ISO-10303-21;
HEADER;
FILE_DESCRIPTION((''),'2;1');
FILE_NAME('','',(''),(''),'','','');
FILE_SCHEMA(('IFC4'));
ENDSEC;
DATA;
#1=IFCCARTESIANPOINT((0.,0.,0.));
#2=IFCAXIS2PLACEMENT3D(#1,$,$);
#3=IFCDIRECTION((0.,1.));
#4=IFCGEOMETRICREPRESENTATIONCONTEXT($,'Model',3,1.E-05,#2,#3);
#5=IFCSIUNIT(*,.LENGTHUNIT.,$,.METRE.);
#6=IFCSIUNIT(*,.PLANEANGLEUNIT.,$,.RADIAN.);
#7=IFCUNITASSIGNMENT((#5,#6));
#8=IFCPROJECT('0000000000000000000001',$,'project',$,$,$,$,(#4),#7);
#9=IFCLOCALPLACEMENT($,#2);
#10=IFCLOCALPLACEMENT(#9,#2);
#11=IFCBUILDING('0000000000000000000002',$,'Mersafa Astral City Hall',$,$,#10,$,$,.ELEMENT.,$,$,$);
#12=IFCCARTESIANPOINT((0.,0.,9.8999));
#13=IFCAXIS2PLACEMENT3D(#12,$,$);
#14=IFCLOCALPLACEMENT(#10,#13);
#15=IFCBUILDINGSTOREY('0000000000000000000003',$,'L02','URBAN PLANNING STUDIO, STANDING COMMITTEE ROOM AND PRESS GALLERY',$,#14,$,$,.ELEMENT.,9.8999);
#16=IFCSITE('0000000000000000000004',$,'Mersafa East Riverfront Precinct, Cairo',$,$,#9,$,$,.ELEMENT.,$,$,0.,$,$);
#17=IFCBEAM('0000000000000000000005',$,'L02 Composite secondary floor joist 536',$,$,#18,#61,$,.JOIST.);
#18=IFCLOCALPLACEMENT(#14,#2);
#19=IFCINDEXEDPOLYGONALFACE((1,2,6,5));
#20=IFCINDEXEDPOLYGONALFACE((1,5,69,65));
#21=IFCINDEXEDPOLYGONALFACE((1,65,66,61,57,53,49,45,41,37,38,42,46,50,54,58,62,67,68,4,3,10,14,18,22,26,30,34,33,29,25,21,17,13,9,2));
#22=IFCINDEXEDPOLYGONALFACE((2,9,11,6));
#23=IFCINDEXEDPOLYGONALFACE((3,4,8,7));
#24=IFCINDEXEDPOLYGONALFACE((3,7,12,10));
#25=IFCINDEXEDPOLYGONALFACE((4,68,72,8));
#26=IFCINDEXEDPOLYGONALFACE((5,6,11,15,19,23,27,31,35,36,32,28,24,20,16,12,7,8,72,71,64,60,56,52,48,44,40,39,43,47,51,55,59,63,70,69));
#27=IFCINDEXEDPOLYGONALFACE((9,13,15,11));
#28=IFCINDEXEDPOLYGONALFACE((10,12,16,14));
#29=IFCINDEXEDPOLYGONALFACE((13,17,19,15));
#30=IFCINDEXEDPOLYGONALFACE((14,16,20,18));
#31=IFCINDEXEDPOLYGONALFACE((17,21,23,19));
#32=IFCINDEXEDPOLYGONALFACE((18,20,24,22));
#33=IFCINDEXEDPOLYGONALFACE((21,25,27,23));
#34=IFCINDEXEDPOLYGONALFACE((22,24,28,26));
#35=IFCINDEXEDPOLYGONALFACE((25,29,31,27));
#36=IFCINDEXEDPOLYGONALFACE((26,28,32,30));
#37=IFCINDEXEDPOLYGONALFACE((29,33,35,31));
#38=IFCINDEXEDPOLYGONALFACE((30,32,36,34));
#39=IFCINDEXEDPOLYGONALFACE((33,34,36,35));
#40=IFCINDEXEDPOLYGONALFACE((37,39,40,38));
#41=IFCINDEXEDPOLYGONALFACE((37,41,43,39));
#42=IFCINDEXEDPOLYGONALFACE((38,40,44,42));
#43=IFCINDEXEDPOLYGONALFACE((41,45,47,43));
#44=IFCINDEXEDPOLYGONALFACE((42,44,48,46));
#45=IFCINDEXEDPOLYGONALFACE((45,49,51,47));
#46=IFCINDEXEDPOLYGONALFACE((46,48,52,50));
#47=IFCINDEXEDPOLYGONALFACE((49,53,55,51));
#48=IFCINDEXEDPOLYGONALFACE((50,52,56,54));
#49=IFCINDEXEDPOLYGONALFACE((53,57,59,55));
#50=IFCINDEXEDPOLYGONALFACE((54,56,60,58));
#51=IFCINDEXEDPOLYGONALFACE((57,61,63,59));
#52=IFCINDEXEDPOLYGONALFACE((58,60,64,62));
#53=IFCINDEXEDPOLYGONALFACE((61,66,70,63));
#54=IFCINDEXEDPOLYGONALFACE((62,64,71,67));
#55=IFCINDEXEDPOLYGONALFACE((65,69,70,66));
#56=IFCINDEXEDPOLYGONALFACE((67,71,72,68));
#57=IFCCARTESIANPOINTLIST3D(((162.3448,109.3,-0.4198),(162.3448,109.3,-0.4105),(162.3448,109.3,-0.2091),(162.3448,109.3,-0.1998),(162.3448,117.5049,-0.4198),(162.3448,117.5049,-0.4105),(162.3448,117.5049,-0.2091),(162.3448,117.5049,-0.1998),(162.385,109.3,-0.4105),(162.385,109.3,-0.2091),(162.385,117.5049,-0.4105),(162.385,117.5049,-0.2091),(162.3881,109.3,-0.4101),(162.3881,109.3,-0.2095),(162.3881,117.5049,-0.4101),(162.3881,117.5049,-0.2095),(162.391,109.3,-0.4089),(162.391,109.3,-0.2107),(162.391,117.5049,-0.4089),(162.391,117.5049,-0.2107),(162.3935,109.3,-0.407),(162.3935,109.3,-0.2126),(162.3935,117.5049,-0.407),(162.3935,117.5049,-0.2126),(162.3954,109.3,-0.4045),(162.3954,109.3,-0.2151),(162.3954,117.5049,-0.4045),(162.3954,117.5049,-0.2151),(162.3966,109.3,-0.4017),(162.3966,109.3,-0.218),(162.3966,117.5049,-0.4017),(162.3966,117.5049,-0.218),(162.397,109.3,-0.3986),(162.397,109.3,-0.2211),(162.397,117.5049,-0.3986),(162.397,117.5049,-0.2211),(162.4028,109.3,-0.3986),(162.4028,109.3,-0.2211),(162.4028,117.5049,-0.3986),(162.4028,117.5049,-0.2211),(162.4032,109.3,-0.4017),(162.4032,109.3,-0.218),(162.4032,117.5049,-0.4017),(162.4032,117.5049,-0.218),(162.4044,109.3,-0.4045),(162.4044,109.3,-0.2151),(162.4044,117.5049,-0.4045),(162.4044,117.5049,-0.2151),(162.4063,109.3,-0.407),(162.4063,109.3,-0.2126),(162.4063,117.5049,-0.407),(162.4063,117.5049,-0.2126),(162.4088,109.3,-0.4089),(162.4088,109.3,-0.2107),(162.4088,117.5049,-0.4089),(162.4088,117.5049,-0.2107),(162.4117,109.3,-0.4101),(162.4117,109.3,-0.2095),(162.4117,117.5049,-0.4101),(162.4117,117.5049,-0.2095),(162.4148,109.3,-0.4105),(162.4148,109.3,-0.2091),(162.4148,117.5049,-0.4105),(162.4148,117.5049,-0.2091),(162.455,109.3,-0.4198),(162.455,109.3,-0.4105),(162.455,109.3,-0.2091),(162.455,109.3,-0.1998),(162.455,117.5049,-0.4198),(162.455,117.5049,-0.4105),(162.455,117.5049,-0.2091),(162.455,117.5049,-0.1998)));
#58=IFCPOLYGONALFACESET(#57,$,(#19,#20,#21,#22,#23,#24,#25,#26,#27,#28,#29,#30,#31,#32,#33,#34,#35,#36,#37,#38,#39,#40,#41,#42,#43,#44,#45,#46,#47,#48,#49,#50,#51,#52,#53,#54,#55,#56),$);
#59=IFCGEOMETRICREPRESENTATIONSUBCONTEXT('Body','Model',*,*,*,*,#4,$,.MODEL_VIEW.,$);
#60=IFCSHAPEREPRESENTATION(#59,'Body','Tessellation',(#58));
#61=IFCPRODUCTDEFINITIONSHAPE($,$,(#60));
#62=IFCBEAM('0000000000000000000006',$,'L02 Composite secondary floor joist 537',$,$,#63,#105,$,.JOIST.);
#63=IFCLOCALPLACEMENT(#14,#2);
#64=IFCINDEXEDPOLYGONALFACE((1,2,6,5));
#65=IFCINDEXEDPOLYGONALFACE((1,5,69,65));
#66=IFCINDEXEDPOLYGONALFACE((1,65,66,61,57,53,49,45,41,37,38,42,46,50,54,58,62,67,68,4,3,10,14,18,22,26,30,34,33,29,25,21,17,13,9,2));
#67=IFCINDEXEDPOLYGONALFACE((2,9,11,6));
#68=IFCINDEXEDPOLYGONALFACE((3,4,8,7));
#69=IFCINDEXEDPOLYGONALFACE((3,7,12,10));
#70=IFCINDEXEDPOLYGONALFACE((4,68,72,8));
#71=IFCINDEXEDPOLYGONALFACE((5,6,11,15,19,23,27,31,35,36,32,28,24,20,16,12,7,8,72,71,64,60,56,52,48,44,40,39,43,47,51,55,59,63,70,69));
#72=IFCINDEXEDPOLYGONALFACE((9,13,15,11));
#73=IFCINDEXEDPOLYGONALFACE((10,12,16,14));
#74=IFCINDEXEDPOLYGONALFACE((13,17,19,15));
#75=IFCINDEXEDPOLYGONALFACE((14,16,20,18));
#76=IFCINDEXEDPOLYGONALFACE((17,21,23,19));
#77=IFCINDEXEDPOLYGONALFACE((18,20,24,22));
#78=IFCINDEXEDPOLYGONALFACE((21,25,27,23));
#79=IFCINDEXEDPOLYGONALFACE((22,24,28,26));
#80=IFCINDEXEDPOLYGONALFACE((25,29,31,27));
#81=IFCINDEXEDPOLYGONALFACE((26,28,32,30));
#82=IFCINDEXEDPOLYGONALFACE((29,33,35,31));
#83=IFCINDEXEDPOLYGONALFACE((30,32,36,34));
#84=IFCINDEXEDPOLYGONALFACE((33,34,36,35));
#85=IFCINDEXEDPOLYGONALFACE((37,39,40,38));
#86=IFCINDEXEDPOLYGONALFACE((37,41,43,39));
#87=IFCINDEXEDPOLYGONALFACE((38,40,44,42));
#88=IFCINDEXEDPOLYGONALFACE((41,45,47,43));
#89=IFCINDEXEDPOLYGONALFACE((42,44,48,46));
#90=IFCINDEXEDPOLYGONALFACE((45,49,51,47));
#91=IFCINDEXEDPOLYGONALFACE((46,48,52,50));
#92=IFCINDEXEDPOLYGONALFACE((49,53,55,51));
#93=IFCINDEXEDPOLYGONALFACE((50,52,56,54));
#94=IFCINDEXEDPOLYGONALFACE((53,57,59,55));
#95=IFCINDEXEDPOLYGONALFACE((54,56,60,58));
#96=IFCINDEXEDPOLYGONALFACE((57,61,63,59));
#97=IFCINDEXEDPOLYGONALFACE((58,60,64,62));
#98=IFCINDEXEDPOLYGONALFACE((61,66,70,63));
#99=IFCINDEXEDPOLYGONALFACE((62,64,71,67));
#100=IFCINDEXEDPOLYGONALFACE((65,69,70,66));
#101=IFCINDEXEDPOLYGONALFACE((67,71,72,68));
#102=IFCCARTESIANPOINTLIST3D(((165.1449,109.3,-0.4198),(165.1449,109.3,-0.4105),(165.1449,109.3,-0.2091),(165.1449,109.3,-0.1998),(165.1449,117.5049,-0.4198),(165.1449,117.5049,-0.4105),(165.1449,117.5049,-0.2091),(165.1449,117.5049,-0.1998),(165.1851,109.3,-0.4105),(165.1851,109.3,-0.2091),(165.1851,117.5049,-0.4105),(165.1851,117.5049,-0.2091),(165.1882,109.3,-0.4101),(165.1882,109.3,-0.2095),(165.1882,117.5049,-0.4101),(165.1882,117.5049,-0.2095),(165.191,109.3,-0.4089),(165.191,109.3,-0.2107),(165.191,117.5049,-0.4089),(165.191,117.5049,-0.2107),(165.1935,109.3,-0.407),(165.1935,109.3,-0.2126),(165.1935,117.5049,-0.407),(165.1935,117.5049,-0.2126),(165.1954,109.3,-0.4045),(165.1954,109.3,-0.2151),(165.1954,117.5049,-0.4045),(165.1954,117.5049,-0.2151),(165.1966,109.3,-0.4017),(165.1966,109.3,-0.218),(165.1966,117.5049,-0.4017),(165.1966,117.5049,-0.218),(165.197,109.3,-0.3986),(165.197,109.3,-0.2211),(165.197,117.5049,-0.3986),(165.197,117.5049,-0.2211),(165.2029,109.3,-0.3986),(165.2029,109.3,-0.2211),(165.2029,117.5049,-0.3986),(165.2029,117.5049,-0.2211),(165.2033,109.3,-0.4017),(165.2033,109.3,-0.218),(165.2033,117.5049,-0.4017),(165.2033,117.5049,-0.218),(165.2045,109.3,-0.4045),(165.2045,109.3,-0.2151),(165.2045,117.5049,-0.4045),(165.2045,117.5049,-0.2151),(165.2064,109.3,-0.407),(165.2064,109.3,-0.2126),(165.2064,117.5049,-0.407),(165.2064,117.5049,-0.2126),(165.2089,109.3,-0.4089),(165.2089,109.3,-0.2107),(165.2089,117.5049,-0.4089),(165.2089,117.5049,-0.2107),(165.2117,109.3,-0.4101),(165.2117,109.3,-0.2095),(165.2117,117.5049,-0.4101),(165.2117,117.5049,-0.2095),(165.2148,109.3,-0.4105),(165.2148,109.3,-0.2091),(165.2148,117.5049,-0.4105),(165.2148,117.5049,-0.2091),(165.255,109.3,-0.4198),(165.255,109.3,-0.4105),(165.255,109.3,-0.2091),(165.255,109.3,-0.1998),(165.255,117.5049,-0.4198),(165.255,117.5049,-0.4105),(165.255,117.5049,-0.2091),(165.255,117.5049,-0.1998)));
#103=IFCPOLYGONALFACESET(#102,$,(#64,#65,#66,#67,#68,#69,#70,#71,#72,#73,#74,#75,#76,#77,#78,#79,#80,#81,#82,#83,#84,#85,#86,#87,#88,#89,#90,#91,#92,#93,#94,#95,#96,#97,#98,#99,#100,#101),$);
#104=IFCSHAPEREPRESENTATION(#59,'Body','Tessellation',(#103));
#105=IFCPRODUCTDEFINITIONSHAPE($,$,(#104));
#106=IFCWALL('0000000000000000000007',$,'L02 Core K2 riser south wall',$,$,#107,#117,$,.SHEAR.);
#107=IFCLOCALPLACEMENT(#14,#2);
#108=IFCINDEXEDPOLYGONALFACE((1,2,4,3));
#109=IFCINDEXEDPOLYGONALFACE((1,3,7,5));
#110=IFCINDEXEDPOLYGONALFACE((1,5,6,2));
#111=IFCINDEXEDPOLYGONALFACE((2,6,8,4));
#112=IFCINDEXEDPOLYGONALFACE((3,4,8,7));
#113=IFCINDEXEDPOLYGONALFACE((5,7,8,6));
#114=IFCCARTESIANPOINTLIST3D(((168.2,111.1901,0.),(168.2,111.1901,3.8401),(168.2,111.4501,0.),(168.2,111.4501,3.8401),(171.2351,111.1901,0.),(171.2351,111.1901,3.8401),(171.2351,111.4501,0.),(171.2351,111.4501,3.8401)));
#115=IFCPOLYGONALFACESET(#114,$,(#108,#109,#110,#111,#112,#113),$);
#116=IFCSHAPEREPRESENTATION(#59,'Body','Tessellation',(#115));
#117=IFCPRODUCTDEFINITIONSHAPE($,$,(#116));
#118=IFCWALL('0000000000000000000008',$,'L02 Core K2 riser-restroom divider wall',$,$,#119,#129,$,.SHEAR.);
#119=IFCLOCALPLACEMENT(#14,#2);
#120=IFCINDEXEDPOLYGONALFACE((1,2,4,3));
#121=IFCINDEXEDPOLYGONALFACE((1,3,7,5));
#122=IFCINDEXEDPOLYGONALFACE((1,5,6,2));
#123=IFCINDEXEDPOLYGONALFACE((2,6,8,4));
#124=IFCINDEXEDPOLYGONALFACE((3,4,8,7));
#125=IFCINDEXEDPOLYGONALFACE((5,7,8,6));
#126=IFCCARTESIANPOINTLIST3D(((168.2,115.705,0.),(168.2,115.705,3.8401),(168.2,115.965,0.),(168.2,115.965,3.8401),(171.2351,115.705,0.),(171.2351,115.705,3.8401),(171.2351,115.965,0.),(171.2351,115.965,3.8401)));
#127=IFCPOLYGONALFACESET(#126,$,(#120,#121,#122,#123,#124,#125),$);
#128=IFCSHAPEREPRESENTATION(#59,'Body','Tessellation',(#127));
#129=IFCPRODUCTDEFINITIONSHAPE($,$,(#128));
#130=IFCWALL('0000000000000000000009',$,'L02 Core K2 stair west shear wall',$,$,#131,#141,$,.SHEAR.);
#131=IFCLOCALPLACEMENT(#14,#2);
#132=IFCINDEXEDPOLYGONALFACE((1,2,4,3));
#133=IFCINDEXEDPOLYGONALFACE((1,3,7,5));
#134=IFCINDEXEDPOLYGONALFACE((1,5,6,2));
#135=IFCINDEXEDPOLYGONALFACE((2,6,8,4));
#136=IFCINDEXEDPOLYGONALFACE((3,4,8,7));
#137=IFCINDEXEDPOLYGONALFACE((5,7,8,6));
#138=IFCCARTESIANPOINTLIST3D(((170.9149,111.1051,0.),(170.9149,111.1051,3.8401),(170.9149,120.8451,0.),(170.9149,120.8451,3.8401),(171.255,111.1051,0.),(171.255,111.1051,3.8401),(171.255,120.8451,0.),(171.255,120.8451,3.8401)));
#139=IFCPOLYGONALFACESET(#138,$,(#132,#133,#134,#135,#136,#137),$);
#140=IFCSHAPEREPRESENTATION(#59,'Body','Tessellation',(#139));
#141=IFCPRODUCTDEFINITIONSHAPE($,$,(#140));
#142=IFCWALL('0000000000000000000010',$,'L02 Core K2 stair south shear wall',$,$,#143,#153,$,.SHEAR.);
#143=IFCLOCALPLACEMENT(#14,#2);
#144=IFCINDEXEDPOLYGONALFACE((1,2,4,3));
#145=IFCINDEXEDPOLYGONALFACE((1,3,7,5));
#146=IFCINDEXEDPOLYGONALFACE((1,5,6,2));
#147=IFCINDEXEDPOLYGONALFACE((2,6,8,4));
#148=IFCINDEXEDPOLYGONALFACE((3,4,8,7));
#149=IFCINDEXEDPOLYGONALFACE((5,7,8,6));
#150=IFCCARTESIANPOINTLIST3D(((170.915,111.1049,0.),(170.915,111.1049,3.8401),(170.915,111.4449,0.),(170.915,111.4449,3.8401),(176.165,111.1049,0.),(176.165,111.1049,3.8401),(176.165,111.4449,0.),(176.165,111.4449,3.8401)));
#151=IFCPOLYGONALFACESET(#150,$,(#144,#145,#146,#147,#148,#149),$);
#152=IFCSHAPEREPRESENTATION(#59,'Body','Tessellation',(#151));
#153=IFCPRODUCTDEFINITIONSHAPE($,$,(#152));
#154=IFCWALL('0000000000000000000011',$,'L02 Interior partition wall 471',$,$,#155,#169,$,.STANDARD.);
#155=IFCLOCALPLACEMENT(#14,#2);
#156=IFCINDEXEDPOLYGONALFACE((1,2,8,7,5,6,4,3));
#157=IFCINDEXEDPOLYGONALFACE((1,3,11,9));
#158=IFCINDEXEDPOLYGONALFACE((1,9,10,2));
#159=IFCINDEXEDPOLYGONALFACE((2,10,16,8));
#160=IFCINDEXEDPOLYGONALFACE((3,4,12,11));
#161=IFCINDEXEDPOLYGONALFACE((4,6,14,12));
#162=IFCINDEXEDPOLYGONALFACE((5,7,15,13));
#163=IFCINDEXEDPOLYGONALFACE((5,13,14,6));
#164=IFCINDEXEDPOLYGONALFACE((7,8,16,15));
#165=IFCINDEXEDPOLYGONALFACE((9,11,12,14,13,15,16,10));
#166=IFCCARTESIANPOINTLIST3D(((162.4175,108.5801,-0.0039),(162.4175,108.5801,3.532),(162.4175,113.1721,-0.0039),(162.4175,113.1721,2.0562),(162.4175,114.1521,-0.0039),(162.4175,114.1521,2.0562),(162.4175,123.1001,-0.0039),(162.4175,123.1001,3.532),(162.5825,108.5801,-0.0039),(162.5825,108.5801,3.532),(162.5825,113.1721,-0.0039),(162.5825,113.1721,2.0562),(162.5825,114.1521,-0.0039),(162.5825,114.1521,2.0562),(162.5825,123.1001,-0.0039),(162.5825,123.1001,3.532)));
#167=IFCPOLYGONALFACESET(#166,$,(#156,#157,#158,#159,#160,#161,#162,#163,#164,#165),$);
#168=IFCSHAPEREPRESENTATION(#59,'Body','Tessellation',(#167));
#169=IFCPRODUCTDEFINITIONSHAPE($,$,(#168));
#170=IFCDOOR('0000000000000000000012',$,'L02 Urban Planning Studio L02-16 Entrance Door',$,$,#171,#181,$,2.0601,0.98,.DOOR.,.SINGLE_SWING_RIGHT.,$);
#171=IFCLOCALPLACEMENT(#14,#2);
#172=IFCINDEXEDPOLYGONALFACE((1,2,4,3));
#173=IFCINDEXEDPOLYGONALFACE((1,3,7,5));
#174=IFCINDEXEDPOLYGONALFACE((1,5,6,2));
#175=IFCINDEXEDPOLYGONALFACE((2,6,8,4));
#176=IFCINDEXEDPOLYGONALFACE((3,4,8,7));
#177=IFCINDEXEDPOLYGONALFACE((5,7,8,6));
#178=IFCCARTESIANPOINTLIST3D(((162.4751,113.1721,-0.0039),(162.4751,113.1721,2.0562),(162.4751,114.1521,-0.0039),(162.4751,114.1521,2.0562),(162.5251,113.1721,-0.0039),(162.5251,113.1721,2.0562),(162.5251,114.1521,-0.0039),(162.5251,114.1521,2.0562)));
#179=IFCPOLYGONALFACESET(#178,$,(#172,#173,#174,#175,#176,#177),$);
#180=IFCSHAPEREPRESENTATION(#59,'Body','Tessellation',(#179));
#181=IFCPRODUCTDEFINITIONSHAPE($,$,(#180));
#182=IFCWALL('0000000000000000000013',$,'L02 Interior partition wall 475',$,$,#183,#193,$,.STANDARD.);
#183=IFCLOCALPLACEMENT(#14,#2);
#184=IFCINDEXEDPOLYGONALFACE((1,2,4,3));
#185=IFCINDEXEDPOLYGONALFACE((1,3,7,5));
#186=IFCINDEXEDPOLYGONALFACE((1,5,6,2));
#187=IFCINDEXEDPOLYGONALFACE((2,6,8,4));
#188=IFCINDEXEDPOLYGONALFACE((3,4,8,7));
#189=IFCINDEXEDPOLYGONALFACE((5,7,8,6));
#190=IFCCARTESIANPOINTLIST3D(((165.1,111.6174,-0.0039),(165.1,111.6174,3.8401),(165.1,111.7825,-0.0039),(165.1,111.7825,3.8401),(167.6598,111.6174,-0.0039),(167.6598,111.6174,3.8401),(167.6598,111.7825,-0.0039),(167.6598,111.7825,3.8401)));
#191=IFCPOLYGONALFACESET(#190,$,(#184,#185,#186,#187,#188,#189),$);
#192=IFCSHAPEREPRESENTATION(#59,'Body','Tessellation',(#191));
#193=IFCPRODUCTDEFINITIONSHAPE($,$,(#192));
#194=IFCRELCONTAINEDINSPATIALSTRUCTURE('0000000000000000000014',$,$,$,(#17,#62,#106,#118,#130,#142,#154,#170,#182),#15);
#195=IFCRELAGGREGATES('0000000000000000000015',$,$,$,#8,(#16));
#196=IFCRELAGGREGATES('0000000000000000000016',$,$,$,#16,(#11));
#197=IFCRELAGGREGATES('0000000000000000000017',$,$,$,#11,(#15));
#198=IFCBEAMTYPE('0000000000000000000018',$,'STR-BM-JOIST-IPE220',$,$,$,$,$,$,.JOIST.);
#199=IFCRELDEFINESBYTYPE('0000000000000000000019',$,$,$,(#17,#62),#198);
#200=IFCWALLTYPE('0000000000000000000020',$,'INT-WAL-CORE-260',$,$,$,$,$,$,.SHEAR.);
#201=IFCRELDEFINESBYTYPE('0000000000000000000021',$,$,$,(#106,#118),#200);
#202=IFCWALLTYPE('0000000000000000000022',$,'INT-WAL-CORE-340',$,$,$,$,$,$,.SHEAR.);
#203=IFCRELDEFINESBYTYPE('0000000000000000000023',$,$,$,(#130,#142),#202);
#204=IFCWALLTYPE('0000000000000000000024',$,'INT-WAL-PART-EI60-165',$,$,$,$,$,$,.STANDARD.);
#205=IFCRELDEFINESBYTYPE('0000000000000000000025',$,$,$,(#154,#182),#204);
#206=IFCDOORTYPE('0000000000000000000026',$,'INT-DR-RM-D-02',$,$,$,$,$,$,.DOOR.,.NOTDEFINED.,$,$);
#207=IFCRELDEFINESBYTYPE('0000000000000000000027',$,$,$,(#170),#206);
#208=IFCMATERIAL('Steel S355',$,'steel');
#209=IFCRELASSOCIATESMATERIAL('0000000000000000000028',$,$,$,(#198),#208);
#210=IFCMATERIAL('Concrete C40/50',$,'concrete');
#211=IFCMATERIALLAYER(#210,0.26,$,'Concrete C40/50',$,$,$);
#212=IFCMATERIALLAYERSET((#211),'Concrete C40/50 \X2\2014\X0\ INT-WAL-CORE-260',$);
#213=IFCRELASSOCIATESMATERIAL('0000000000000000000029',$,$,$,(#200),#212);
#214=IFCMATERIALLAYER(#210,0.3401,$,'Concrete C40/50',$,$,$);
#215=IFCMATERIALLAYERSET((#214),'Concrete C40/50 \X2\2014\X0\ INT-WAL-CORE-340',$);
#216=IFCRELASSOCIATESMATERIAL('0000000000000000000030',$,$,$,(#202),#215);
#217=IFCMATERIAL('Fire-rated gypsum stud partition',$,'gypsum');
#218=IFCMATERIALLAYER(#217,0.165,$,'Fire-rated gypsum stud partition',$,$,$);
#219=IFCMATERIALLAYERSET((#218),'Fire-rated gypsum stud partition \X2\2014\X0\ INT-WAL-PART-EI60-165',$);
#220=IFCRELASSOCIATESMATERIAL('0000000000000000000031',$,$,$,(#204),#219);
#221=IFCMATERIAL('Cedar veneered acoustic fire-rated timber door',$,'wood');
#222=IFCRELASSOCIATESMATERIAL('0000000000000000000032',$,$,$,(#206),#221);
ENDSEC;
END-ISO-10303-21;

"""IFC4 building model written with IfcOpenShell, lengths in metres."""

from ifc_helpers import new_model, si_unit, direction, frame, frame_2d, origin, origin_2d, place, context, subcontext, project, spatial, rectangle, i_section, extrude, material, layer, layer_set, material_profile, profile_set, type_object, element, fill, save


model = new_model("IFC4")

# Units and contexts
model_context = context("Model", 3, precision=1e-05, world=origin(), true_north=direction((0.0, 1.0)))
body_context = subcontext(model_context, "Body", "Model", "MODEL_VIEW")
ifc_project = project(units=[si_unit("LENGTHUNIT", "METRE"), si_unit("PLANEANGLEUNIT", "RADIAN")], contexts=[model_context])

# Site, building, storey
site_placement = place(None, origin())
site = spatial("IfcSite", under=ifc_project, at=site_placement, Name="Mersafa East Riverfront Precinct, Cairo", CompositionType="ELEMENT", RefElevation=0.0)
building_placement = place(site_placement, origin())
building = spatial("IfcBuilding", under=site, at=building_placement, Name="Mersafa Astral City Hall", CompositionType="ELEMENT")
storey_placement = place(building_placement, frame((0.0, 0.0, 9.8999)))
storey = spatial("IfcBuildingStorey", under=building, at=storey_placement, Name="L02", Description="URBAN PLANNING STUDIO, STANDING COMMITTEE ROOM AND PRESS GALLERY", CompositionType="ELEMENT", Elevation=9.8999)

# Shared definitions
ifc_material_1 = material(Name="Steel S355", Category="steel")

# Beams
ifc_material_profile_1 = material_profile(ifc_material_1, i_section(OverallWidth=0.1101, OverallDepth=0.22, WebThickness=0.0059, FlangeThickness=0.0093, FilletRadius=0.012, at=origin_2d()), Name="IPE 220")
ifc_profile_set_1 = profile_set([ifc_material_profile_1], Name="Steel S355")
beam_type_1 = type_object("IfcBeamType", Name="STR-BM-JOIST-IPE220", PredefinedType="JOIST", material=ifc_profile_set_1)
for number, where, z_axis, x_axis, name in (
    (1, (162.3999, 109.3, -0.3098), (0.0, 1.0, 0.0), (-1.0, 0.0, 0.0), "L02 Composite secondary floor joist 536"),
    (2, (165.2, 109.3, -0.3098), (0.0, 1.0, 0.0), (-1.0, 0.0, 0.0), "L02 Composite secondary floor joist 537"),
):
    element("IfcBeam", number, at=place(storey_placement, frame(where, z_axis=z_axis, x_axis=x_axis)), inside=storey, type_object=beam_type_1, Name=name, PredefinedType="JOIST", context=body_context, shape_type="SweptSolid", body=[
        extrude(i_section(OverallWidth=0.1101, OverallDepth=0.22, WebThickness=0.0059, FlangeThickness=0.0093, FilletRadius=0.012, at=origin_2d()), origin(), (0.0, 0.0, 1.0), 8.2048),
    ])

# Walls
ifc_material_2 = material(Name="Concrete C40/50", Category="concrete")
ifc_layer_1 = layer(ifc_material_2, 0.26, Name="Concrete C40/50")
ifc_layer_set_1 = layer_set([ifc_layer_1], Name="Concrete C40/50 — INT-WAL-CORE-260")
wall_type_1 = type_object("IfcWallType", Name="INT-WAL-CORE-260", PredefinedType="SHEAR", material=ifc_layer_set_1)
for number, where, z_axis, x_axis, name in (
    (3, (168.2, 111.3201, 0.0), (0.0, 0.0, 1.0), (1.0, 0.0, 0.0), "L02 Core K2 riser south wall"),
    (4, (168.2, 115.835, 0.0), (0.0, 0.0, 1.0), (1.0, 0.0, 0.0), "L02 Core K2 riser-restroom divider wall"),
):
    element("IfcWall", number, at=place(storey_placement, frame(where, z_axis=z_axis, x_axis=x_axis)), inside=storey, type_object=wall_type_1, Name=name, PredefinedType="SHEAR", context=body_context, shape_type="SweptSolid", body=[
        extrude(rectangle(XDim=3.0352, YDim=0.26, at=frame_2d((1.5176, 0.0))), origin(), (0.0, 0.0, 1.0), 3.8401),
    ])
ifc_layer_2 = layer(ifc_material_2, 0.3401, Name="Concrete C40/50")
ifc_layer_set_2 = layer_set([ifc_layer_2], Name="Concrete C40/50 — INT-WAL-CORE-340")
wall_type_2 = type_object("IfcWallType", Name="INT-WAL-CORE-340", PredefinedType="SHEAR", material=ifc_layer_set_2)
wall_1_placement = place(storey_placement, frame((171.085, 111.105, 0.0), z_axis=(0.0, 0.0, 1.0), x_axis=(0.0, 1.0, 0.0)))
element("IfcWall", 5, at=wall_1_placement, inside=storey, type_object=wall_type_2, Name="L02 Core K2 stair west shear wall", PredefinedType="SHEAR", context=body_context, shape_type="SweptSolid", body=[
    extrude(rectangle(XDim=9.74, YDim=0.3401, at=frame_2d((4.8701, 0.0))), origin(), (0.0, 0.0, 1.0), 3.8401),
])
wall_2_placement = place(storey_placement, frame((170.915, 111.2749, 0.0), z_axis=(0.0, 0.0, 1.0), x_axis=(1.0, 0.0, 0.0)))
element("IfcWall", 6, at=wall_2_placement, inside=storey, type_object=wall_type_2, Name="L02 Core K2 stair south shear wall", PredefinedType="SHEAR", context=body_context, shape_type="SweptSolid", body=[
    extrude(rectangle(XDim=5.25, YDim=0.3401, at=frame_2d((2.625, 0.0))), origin(), (0.0, 0.0, 1.0), 3.8401),
])

# Wall, opening, door
ifc_material_3 = material(Name="Fire-rated gypsum stud partition", Category="gypsum")
ifc_layer_3 = layer(ifc_material_3, 0.165, Name="Fire-rated gypsum stud partition")
ifc_layer_set_3 = layer_set([ifc_layer_3], Name="Fire-rated gypsum stud partition — INT-WAL-PART-EI60-165")
wall_type_3 = type_object("IfcWallType", Name="INT-WAL-PART-EI60-165", PredefinedType="STANDARD", material=ifc_layer_set_3)
wall_3_placement = place(storey_placement, frame((162.5, 108.5801, -0.0039), z_axis=(0.0, 0.0, 1.0), x_axis=(0.0, 1.0, 0.0)))
wall_3 = element("IfcWall", 7, at=wall_3_placement, inside=storey, type_object=wall_type_3, Name="L02 Interior partition wall 471", PredefinedType="STANDARD", context=body_context, shape_type="SweptSolid", body=[
    extrude(rectangle(XDim=14.52, YDim=0.165, at=frame_2d((7.26, 0.0))), origin(), (0.0, 0.0, 1.0), 3.5359),
])
opening_1_placement = place(wall_3_placement, frame((4.592, 0.0, 0.0)))
opening_1 = element("IfcOpeningElement", 8, at=opening_1_placement, cuts=wall_3, PredefinedType="OPENING", context=body_context, shape_type="SweptSolid", body=[
    extrude(rectangle(XDim=0.98, YDim=2.0601, at=frame_2d((0.49, 1.03))), frame((0.0, 0.0925, 0.0), z_axis=(0.0, -1.0, 0.0), x_axis=(1.0, 0.0, 0.0)), (0.0, 0.0, 1.0), 0.1851),
])
ifc_material_4 = material(Name="Cedar veneered acoustic fire-rated timber door", Category="wood")
door_type_1 = type_object("IfcDoorType", Name="INT-DR-RM-D-02", OperationType="NOTDEFINED", PredefinedType="DOOR", material=ifc_material_4)
door_1_placement = place(opening_1_placement, origin())
door_1 = element("IfcDoor", 9, at=door_1_placement, inside=storey, type_object=door_type_1, Name="L02 Urban Planning Studio L02-16 Entrance Door", OperationType="SINGLE_SWING_RIGHT", OverallHeight=2.0601, OverallWidth=0.98, PredefinedType="DOOR", context=body_context, shape_type="SweptSolid", body=[
    extrude(rectangle(XDim=0.98, YDim=2.0601, at=frame_2d((0.49, 1.03))), frame((0.0, 0.0249, 0.0), z_axis=(0.0, -1.0, 0.0), x_axis=(1.0, 0.0, 0.0)), (0.0, 0.0, 1.0), 0.05),
])
fill(opening_1, door_1)

# Wall
wall_4_placement = place(storey_placement, frame((165.1001, 111.7, -0.0039), z_axis=(0.0, 0.0, 1.0), x_axis=(1.0, 0.0, 0.0)))
element("IfcWall", 10, at=wall_4_placement, inside=storey, type_object=wall_type_3, Name="L02 Interior partition wall 475", PredefinedType="STANDARD", context=body_context, shape_type="SweptSolid", body=[
    extrude(rectangle(XDim=2.5598, YDim=0.165, at=frame_2d((1.2798, 0.0))), origin(), (0.0, 0.0, 1.0), 3.844),
])

save(model, "model.ifc")
